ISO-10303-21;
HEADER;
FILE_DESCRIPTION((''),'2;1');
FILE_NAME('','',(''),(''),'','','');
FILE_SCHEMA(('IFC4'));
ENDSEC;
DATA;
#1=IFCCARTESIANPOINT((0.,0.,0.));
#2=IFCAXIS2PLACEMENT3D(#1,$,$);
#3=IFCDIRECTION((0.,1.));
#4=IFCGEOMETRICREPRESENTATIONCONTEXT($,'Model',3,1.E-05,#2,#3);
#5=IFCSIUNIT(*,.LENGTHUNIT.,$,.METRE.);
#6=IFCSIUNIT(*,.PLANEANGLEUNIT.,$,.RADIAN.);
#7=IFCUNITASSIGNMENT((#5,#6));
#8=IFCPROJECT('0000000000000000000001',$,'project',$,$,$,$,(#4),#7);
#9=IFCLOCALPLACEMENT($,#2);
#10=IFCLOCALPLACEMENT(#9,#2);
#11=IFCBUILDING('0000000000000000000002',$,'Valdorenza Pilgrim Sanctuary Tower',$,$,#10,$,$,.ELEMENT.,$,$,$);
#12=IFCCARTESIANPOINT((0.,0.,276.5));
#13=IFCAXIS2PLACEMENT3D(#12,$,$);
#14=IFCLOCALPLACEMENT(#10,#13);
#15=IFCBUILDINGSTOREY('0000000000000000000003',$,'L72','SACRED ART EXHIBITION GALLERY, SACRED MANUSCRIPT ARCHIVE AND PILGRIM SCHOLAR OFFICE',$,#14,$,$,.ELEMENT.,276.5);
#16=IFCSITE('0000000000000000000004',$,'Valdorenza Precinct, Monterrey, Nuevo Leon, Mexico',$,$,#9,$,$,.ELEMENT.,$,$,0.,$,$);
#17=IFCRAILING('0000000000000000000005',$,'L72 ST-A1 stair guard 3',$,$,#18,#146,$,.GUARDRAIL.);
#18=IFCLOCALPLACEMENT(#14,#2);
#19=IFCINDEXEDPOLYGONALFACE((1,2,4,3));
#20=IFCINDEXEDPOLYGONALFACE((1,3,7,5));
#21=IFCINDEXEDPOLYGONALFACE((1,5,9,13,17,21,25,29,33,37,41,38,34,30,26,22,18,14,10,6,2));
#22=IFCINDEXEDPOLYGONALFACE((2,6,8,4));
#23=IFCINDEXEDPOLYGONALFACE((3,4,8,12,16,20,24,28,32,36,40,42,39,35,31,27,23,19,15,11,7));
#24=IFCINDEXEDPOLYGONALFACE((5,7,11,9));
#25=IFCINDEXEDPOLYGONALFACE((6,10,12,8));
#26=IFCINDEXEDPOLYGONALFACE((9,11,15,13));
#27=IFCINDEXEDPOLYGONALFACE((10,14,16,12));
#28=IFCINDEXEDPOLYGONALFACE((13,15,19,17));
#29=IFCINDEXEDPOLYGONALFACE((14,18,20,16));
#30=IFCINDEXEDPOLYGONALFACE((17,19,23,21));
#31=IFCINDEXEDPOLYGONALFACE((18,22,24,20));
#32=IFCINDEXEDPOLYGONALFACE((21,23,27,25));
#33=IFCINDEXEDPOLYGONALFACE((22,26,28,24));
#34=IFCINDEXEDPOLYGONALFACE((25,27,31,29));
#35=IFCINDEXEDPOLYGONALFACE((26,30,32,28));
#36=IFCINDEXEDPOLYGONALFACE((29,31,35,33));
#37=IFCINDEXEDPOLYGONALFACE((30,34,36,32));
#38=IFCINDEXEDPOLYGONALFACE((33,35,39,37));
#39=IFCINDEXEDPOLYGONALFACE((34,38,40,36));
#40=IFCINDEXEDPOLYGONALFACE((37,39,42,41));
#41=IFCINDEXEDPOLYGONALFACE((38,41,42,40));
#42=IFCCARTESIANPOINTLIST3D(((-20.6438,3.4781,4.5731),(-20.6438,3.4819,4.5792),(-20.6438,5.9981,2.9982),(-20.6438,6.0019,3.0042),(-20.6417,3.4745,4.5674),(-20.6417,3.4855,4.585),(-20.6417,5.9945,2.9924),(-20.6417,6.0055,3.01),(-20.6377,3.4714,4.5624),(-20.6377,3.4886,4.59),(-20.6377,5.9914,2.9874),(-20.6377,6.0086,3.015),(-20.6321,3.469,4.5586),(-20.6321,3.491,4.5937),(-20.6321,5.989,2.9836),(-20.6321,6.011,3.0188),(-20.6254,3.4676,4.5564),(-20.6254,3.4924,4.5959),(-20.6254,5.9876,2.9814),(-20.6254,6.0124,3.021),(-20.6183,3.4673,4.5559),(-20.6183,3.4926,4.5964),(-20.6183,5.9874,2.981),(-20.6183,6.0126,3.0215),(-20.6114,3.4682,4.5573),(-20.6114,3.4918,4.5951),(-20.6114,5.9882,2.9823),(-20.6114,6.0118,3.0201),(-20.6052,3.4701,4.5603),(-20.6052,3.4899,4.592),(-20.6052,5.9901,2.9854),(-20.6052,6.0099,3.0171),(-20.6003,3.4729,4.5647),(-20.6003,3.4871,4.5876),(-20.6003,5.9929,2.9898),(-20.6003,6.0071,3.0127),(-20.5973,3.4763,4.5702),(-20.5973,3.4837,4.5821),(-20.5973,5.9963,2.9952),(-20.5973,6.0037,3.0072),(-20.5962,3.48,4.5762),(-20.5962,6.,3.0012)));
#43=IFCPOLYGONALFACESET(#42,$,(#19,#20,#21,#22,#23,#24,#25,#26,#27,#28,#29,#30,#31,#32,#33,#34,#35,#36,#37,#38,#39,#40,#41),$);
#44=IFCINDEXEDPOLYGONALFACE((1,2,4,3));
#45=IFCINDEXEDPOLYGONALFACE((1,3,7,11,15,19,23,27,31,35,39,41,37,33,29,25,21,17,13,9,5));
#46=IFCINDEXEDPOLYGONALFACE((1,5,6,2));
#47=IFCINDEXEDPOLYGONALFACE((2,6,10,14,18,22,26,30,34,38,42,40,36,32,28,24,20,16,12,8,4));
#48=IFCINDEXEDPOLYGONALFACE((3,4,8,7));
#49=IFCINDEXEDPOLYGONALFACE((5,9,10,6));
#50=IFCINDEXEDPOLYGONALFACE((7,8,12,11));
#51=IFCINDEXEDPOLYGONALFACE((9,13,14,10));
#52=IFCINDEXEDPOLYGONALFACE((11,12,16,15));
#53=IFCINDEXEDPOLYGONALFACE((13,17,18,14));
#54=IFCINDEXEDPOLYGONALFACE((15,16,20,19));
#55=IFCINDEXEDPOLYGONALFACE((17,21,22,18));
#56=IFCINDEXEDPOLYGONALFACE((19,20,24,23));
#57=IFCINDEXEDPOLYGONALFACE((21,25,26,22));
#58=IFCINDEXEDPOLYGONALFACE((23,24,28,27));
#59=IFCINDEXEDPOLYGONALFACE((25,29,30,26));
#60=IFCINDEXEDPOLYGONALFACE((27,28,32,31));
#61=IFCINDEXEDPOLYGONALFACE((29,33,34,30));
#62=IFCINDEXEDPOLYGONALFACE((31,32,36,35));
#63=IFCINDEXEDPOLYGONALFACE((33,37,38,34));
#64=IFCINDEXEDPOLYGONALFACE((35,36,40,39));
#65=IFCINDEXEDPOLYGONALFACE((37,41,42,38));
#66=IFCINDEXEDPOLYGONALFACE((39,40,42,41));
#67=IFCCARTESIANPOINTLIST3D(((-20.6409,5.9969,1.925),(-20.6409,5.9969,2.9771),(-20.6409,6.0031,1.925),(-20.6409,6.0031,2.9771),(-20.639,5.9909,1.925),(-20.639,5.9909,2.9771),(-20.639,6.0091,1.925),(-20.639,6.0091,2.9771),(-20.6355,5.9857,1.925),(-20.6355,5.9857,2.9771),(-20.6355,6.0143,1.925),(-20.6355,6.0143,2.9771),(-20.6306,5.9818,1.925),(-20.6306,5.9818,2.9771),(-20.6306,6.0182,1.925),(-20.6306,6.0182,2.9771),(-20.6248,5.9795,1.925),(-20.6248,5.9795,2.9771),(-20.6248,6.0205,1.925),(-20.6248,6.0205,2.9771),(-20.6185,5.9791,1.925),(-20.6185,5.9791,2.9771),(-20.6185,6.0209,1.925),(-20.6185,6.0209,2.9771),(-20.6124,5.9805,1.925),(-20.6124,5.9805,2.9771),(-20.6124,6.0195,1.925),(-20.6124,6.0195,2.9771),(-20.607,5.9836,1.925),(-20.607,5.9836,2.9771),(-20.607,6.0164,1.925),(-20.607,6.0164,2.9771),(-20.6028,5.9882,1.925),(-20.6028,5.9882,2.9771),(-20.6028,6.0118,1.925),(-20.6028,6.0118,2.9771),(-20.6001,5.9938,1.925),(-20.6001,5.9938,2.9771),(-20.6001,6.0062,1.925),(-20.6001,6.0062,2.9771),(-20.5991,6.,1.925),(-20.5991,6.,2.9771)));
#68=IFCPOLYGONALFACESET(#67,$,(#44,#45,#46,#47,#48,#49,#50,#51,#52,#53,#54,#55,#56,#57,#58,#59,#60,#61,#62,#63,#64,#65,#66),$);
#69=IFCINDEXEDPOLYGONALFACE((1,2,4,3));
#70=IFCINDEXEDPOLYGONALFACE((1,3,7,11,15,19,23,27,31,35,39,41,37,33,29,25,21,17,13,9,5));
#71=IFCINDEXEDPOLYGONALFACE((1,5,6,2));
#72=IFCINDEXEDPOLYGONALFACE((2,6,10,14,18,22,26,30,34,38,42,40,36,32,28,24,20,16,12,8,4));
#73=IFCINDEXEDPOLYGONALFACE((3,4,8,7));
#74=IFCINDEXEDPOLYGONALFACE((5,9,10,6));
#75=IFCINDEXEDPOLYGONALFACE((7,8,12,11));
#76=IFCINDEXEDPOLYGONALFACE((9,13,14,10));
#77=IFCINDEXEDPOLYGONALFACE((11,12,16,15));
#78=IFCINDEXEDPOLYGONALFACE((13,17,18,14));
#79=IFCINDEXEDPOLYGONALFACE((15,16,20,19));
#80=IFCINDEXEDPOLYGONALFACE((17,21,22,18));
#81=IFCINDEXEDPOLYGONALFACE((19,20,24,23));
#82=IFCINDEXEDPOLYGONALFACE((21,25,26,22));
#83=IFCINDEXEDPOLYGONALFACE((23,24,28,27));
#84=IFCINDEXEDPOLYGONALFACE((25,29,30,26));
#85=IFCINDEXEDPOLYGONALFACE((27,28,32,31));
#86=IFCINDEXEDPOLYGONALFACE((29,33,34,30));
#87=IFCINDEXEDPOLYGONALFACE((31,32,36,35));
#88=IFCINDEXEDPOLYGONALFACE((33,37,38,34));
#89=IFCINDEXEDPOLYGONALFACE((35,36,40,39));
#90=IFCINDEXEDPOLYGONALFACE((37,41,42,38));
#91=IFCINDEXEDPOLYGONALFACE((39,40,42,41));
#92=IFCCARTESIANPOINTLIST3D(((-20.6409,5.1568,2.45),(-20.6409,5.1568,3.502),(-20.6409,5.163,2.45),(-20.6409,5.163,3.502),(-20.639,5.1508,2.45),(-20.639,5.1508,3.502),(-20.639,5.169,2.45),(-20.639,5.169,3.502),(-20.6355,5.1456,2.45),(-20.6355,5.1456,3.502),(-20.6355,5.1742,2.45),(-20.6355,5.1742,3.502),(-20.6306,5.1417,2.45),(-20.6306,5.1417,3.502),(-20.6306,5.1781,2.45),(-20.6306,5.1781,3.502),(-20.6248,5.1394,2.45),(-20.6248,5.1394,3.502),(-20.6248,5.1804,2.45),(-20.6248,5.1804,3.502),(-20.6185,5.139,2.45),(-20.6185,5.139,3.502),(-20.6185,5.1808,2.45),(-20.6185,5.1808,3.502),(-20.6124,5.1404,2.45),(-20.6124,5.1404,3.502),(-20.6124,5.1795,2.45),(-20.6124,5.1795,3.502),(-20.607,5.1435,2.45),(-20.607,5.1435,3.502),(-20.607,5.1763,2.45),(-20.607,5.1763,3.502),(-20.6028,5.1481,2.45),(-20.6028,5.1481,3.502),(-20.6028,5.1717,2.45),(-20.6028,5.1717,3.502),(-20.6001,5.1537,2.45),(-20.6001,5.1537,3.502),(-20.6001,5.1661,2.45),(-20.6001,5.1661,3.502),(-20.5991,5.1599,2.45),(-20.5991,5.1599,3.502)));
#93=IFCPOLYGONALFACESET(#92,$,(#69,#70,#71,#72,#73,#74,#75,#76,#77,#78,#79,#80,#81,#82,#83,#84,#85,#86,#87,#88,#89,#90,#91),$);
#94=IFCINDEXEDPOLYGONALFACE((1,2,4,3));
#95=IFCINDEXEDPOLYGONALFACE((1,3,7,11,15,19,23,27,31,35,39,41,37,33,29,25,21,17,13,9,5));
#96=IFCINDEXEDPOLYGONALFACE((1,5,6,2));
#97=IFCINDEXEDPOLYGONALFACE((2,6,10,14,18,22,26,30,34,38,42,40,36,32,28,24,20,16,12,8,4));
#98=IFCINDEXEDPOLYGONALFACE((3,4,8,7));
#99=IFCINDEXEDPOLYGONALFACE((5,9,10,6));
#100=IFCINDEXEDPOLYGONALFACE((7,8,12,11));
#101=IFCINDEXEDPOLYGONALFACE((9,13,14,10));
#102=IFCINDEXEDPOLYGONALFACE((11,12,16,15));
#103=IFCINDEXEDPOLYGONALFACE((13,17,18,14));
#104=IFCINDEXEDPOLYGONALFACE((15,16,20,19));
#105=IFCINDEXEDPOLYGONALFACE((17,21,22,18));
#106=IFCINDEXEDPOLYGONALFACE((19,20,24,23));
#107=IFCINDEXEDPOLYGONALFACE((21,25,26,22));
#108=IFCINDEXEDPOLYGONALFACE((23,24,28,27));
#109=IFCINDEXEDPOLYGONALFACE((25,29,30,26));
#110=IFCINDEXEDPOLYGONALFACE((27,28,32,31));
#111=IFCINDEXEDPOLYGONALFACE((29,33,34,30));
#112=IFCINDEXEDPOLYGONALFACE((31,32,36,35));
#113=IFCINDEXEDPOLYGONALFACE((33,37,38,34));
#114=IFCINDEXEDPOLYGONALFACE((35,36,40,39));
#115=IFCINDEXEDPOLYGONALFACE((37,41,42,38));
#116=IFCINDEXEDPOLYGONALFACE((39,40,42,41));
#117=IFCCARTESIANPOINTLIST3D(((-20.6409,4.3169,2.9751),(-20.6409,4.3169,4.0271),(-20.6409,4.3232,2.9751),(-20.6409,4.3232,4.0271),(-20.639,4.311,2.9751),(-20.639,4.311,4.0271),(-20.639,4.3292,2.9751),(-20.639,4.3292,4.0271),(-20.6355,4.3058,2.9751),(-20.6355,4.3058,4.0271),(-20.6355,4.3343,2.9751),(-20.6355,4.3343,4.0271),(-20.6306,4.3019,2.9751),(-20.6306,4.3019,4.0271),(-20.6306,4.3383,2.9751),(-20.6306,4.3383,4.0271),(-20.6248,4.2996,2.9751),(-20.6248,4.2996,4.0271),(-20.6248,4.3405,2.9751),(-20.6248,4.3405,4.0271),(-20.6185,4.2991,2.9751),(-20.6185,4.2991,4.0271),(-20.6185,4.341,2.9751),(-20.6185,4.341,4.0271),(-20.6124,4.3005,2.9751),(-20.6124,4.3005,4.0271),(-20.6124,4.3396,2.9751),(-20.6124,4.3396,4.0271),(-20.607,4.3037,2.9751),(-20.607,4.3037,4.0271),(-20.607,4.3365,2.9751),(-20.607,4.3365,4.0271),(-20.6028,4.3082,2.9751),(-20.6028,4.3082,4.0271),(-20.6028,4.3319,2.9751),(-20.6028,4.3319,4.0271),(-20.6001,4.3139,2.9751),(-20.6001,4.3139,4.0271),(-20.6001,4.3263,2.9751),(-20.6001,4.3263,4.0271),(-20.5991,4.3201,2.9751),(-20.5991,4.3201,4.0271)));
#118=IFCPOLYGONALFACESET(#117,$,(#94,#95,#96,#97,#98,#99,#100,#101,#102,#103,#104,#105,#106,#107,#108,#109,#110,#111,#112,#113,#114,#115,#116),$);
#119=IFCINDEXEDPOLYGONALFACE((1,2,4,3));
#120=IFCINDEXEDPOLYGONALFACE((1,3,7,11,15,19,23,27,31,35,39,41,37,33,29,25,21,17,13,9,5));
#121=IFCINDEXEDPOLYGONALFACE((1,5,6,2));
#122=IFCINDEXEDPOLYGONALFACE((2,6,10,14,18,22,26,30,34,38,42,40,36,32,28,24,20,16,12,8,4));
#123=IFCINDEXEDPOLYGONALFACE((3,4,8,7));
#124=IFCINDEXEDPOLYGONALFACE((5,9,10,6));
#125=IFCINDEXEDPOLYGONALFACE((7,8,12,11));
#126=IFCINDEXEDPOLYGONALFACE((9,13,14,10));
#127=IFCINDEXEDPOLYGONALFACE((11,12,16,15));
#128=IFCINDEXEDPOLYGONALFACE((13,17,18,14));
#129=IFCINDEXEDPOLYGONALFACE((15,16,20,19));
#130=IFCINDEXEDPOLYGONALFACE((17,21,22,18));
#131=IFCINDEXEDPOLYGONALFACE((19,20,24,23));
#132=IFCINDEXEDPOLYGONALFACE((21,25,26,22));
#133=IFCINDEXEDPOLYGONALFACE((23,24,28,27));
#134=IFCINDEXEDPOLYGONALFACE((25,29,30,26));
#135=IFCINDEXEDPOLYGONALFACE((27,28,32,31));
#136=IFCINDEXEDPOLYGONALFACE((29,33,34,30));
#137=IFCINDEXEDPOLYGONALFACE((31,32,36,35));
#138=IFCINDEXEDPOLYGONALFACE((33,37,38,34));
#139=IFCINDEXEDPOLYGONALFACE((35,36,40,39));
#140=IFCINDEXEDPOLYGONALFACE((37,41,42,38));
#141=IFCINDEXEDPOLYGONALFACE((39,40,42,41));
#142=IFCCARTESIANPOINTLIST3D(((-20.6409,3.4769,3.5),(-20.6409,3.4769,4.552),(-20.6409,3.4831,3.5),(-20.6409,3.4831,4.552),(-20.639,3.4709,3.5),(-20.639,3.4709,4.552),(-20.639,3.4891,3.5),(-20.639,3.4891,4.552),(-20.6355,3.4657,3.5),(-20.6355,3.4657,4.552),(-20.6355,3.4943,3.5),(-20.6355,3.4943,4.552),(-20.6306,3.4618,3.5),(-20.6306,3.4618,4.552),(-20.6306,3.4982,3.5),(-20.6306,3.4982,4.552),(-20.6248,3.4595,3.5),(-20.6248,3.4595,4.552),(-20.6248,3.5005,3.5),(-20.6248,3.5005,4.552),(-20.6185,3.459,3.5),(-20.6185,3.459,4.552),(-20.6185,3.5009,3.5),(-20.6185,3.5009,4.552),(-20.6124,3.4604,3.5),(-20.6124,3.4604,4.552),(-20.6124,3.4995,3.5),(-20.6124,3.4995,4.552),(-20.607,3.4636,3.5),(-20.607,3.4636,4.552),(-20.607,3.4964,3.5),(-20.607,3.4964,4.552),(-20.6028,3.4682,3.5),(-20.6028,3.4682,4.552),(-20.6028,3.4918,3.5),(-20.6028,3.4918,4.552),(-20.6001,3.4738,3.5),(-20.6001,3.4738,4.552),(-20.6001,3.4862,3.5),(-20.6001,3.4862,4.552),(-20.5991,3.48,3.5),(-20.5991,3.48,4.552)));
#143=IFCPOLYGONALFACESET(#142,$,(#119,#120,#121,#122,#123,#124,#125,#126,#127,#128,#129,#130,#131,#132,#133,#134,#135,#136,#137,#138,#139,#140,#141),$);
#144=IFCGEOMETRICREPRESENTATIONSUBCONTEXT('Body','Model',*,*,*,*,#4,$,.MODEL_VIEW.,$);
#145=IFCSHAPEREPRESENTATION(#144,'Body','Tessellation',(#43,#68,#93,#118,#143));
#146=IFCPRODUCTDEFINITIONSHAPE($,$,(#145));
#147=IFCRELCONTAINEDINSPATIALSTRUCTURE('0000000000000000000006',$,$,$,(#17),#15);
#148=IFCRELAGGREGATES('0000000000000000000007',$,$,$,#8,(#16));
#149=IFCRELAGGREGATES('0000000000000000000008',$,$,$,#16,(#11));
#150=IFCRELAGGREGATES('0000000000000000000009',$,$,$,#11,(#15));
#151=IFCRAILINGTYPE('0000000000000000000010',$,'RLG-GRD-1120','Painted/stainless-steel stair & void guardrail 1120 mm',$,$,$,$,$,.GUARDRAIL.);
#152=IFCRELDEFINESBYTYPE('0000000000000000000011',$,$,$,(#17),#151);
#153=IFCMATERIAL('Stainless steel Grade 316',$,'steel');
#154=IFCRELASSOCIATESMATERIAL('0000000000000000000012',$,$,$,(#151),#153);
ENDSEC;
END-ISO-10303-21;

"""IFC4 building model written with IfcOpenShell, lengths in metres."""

from ifc_helpers import new_model, si_unit, direction, frame, origin, origin_2d, place, context, subcontext, project, spatial, circle, extrude, material, type_object, element, save


model = new_model("IFC4")

# Units and contexts
model_context = context("Model", 3, precision=1e-05, world=origin(), true_north=direction((0.0, 1.0)))
body_context = subcontext(model_context, "Body", "Model", "MODEL_VIEW")
ifc_project = project(units=[si_unit("LENGTHUNIT", "METRE"), si_unit("PLANEANGLEUNIT", "RADIAN")], contexts=[model_context])

# Site, building, storey
site_placement = place(None, origin())
site = spatial("IfcSite", under=ifc_project, at=site_placement, Name="Valdorenza Precinct, Monterrey, Nuevo Leon, Mexico", CompositionType="ELEMENT", RefElevation=0.0)
building_placement = place(site_placement, origin())
building = spatial("IfcBuilding", under=site, at=building_placement, Name="Valdorenza Pilgrim Sanctuary Tower", CompositionType="ELEMENT")
storey_placement = place(building_placement, frame((0.0, 0.0, 276.5)))
storey = spatial("IfcBuildingStorey", under=building, at=storey_placement, Name="L72", Description="SACRED ART EXHIBITION GALLERY, SACRED MANUSCRIPT ARCHIVE AND PILGRIM SCHOLAR OFFICE", CompositionType="ELEMENT", Elevation=276.5)

# Railing
ifc_material_1 = material(Name="Stainless steel Grade 316", Category="steel")
railing_type_1 = type_object("IfcRailingType", Name="RLG-GRD-1120", Description="Painted/stainless-steel stair & void guardrail 1120 mm", PredefinedType="GUARDRAIL", material=ifc_material_1)
railing_1_placement = place(storey_placement, frame((-20.6201, 6.0, 1.925)))
element("IfcRailing", 1, at=railing_1_placement, inside=storey, type_object=railing_type_1, Name="L72 ST-A1 stair guard 3", PredefinedType="GUARDRAIL", context=body_context, shape_type="SweptSolid", body=[
    extrude(circle(Radius=0.0239, at=origin_2d()), frame((0.0, 0.0, 1.0762), z_axis=(0.0, -0.848008, 0.529984), x_axis=(1.0, 0.0, 0.0)), (0.0, 0.0, 1.0), 2.9717),
    extrude(circle(Radius=0.021, at=origin_2d()), origin(), (0.0, 0.0, 1.0), 1.052),
    extrude(circle(Radius=0.021, at=origin_2d()), frame((0.0, -0.8401, 0.5249)), (0.0, 0.0, 1.0), 1.052),
    extrude(circle(Radius=0.021, at=origin_2d()), frame((0.0, -1.6799, 1.05)), (0.0, 0.0, 1.0), 1.052),
    extrude(circle(Radius=0.021, at=origin_2d()), frame((0.0, -2.52, 1.575)), (0.0, 0.0, 1.0), 1.052),
])

save(model, "model.ifc")
